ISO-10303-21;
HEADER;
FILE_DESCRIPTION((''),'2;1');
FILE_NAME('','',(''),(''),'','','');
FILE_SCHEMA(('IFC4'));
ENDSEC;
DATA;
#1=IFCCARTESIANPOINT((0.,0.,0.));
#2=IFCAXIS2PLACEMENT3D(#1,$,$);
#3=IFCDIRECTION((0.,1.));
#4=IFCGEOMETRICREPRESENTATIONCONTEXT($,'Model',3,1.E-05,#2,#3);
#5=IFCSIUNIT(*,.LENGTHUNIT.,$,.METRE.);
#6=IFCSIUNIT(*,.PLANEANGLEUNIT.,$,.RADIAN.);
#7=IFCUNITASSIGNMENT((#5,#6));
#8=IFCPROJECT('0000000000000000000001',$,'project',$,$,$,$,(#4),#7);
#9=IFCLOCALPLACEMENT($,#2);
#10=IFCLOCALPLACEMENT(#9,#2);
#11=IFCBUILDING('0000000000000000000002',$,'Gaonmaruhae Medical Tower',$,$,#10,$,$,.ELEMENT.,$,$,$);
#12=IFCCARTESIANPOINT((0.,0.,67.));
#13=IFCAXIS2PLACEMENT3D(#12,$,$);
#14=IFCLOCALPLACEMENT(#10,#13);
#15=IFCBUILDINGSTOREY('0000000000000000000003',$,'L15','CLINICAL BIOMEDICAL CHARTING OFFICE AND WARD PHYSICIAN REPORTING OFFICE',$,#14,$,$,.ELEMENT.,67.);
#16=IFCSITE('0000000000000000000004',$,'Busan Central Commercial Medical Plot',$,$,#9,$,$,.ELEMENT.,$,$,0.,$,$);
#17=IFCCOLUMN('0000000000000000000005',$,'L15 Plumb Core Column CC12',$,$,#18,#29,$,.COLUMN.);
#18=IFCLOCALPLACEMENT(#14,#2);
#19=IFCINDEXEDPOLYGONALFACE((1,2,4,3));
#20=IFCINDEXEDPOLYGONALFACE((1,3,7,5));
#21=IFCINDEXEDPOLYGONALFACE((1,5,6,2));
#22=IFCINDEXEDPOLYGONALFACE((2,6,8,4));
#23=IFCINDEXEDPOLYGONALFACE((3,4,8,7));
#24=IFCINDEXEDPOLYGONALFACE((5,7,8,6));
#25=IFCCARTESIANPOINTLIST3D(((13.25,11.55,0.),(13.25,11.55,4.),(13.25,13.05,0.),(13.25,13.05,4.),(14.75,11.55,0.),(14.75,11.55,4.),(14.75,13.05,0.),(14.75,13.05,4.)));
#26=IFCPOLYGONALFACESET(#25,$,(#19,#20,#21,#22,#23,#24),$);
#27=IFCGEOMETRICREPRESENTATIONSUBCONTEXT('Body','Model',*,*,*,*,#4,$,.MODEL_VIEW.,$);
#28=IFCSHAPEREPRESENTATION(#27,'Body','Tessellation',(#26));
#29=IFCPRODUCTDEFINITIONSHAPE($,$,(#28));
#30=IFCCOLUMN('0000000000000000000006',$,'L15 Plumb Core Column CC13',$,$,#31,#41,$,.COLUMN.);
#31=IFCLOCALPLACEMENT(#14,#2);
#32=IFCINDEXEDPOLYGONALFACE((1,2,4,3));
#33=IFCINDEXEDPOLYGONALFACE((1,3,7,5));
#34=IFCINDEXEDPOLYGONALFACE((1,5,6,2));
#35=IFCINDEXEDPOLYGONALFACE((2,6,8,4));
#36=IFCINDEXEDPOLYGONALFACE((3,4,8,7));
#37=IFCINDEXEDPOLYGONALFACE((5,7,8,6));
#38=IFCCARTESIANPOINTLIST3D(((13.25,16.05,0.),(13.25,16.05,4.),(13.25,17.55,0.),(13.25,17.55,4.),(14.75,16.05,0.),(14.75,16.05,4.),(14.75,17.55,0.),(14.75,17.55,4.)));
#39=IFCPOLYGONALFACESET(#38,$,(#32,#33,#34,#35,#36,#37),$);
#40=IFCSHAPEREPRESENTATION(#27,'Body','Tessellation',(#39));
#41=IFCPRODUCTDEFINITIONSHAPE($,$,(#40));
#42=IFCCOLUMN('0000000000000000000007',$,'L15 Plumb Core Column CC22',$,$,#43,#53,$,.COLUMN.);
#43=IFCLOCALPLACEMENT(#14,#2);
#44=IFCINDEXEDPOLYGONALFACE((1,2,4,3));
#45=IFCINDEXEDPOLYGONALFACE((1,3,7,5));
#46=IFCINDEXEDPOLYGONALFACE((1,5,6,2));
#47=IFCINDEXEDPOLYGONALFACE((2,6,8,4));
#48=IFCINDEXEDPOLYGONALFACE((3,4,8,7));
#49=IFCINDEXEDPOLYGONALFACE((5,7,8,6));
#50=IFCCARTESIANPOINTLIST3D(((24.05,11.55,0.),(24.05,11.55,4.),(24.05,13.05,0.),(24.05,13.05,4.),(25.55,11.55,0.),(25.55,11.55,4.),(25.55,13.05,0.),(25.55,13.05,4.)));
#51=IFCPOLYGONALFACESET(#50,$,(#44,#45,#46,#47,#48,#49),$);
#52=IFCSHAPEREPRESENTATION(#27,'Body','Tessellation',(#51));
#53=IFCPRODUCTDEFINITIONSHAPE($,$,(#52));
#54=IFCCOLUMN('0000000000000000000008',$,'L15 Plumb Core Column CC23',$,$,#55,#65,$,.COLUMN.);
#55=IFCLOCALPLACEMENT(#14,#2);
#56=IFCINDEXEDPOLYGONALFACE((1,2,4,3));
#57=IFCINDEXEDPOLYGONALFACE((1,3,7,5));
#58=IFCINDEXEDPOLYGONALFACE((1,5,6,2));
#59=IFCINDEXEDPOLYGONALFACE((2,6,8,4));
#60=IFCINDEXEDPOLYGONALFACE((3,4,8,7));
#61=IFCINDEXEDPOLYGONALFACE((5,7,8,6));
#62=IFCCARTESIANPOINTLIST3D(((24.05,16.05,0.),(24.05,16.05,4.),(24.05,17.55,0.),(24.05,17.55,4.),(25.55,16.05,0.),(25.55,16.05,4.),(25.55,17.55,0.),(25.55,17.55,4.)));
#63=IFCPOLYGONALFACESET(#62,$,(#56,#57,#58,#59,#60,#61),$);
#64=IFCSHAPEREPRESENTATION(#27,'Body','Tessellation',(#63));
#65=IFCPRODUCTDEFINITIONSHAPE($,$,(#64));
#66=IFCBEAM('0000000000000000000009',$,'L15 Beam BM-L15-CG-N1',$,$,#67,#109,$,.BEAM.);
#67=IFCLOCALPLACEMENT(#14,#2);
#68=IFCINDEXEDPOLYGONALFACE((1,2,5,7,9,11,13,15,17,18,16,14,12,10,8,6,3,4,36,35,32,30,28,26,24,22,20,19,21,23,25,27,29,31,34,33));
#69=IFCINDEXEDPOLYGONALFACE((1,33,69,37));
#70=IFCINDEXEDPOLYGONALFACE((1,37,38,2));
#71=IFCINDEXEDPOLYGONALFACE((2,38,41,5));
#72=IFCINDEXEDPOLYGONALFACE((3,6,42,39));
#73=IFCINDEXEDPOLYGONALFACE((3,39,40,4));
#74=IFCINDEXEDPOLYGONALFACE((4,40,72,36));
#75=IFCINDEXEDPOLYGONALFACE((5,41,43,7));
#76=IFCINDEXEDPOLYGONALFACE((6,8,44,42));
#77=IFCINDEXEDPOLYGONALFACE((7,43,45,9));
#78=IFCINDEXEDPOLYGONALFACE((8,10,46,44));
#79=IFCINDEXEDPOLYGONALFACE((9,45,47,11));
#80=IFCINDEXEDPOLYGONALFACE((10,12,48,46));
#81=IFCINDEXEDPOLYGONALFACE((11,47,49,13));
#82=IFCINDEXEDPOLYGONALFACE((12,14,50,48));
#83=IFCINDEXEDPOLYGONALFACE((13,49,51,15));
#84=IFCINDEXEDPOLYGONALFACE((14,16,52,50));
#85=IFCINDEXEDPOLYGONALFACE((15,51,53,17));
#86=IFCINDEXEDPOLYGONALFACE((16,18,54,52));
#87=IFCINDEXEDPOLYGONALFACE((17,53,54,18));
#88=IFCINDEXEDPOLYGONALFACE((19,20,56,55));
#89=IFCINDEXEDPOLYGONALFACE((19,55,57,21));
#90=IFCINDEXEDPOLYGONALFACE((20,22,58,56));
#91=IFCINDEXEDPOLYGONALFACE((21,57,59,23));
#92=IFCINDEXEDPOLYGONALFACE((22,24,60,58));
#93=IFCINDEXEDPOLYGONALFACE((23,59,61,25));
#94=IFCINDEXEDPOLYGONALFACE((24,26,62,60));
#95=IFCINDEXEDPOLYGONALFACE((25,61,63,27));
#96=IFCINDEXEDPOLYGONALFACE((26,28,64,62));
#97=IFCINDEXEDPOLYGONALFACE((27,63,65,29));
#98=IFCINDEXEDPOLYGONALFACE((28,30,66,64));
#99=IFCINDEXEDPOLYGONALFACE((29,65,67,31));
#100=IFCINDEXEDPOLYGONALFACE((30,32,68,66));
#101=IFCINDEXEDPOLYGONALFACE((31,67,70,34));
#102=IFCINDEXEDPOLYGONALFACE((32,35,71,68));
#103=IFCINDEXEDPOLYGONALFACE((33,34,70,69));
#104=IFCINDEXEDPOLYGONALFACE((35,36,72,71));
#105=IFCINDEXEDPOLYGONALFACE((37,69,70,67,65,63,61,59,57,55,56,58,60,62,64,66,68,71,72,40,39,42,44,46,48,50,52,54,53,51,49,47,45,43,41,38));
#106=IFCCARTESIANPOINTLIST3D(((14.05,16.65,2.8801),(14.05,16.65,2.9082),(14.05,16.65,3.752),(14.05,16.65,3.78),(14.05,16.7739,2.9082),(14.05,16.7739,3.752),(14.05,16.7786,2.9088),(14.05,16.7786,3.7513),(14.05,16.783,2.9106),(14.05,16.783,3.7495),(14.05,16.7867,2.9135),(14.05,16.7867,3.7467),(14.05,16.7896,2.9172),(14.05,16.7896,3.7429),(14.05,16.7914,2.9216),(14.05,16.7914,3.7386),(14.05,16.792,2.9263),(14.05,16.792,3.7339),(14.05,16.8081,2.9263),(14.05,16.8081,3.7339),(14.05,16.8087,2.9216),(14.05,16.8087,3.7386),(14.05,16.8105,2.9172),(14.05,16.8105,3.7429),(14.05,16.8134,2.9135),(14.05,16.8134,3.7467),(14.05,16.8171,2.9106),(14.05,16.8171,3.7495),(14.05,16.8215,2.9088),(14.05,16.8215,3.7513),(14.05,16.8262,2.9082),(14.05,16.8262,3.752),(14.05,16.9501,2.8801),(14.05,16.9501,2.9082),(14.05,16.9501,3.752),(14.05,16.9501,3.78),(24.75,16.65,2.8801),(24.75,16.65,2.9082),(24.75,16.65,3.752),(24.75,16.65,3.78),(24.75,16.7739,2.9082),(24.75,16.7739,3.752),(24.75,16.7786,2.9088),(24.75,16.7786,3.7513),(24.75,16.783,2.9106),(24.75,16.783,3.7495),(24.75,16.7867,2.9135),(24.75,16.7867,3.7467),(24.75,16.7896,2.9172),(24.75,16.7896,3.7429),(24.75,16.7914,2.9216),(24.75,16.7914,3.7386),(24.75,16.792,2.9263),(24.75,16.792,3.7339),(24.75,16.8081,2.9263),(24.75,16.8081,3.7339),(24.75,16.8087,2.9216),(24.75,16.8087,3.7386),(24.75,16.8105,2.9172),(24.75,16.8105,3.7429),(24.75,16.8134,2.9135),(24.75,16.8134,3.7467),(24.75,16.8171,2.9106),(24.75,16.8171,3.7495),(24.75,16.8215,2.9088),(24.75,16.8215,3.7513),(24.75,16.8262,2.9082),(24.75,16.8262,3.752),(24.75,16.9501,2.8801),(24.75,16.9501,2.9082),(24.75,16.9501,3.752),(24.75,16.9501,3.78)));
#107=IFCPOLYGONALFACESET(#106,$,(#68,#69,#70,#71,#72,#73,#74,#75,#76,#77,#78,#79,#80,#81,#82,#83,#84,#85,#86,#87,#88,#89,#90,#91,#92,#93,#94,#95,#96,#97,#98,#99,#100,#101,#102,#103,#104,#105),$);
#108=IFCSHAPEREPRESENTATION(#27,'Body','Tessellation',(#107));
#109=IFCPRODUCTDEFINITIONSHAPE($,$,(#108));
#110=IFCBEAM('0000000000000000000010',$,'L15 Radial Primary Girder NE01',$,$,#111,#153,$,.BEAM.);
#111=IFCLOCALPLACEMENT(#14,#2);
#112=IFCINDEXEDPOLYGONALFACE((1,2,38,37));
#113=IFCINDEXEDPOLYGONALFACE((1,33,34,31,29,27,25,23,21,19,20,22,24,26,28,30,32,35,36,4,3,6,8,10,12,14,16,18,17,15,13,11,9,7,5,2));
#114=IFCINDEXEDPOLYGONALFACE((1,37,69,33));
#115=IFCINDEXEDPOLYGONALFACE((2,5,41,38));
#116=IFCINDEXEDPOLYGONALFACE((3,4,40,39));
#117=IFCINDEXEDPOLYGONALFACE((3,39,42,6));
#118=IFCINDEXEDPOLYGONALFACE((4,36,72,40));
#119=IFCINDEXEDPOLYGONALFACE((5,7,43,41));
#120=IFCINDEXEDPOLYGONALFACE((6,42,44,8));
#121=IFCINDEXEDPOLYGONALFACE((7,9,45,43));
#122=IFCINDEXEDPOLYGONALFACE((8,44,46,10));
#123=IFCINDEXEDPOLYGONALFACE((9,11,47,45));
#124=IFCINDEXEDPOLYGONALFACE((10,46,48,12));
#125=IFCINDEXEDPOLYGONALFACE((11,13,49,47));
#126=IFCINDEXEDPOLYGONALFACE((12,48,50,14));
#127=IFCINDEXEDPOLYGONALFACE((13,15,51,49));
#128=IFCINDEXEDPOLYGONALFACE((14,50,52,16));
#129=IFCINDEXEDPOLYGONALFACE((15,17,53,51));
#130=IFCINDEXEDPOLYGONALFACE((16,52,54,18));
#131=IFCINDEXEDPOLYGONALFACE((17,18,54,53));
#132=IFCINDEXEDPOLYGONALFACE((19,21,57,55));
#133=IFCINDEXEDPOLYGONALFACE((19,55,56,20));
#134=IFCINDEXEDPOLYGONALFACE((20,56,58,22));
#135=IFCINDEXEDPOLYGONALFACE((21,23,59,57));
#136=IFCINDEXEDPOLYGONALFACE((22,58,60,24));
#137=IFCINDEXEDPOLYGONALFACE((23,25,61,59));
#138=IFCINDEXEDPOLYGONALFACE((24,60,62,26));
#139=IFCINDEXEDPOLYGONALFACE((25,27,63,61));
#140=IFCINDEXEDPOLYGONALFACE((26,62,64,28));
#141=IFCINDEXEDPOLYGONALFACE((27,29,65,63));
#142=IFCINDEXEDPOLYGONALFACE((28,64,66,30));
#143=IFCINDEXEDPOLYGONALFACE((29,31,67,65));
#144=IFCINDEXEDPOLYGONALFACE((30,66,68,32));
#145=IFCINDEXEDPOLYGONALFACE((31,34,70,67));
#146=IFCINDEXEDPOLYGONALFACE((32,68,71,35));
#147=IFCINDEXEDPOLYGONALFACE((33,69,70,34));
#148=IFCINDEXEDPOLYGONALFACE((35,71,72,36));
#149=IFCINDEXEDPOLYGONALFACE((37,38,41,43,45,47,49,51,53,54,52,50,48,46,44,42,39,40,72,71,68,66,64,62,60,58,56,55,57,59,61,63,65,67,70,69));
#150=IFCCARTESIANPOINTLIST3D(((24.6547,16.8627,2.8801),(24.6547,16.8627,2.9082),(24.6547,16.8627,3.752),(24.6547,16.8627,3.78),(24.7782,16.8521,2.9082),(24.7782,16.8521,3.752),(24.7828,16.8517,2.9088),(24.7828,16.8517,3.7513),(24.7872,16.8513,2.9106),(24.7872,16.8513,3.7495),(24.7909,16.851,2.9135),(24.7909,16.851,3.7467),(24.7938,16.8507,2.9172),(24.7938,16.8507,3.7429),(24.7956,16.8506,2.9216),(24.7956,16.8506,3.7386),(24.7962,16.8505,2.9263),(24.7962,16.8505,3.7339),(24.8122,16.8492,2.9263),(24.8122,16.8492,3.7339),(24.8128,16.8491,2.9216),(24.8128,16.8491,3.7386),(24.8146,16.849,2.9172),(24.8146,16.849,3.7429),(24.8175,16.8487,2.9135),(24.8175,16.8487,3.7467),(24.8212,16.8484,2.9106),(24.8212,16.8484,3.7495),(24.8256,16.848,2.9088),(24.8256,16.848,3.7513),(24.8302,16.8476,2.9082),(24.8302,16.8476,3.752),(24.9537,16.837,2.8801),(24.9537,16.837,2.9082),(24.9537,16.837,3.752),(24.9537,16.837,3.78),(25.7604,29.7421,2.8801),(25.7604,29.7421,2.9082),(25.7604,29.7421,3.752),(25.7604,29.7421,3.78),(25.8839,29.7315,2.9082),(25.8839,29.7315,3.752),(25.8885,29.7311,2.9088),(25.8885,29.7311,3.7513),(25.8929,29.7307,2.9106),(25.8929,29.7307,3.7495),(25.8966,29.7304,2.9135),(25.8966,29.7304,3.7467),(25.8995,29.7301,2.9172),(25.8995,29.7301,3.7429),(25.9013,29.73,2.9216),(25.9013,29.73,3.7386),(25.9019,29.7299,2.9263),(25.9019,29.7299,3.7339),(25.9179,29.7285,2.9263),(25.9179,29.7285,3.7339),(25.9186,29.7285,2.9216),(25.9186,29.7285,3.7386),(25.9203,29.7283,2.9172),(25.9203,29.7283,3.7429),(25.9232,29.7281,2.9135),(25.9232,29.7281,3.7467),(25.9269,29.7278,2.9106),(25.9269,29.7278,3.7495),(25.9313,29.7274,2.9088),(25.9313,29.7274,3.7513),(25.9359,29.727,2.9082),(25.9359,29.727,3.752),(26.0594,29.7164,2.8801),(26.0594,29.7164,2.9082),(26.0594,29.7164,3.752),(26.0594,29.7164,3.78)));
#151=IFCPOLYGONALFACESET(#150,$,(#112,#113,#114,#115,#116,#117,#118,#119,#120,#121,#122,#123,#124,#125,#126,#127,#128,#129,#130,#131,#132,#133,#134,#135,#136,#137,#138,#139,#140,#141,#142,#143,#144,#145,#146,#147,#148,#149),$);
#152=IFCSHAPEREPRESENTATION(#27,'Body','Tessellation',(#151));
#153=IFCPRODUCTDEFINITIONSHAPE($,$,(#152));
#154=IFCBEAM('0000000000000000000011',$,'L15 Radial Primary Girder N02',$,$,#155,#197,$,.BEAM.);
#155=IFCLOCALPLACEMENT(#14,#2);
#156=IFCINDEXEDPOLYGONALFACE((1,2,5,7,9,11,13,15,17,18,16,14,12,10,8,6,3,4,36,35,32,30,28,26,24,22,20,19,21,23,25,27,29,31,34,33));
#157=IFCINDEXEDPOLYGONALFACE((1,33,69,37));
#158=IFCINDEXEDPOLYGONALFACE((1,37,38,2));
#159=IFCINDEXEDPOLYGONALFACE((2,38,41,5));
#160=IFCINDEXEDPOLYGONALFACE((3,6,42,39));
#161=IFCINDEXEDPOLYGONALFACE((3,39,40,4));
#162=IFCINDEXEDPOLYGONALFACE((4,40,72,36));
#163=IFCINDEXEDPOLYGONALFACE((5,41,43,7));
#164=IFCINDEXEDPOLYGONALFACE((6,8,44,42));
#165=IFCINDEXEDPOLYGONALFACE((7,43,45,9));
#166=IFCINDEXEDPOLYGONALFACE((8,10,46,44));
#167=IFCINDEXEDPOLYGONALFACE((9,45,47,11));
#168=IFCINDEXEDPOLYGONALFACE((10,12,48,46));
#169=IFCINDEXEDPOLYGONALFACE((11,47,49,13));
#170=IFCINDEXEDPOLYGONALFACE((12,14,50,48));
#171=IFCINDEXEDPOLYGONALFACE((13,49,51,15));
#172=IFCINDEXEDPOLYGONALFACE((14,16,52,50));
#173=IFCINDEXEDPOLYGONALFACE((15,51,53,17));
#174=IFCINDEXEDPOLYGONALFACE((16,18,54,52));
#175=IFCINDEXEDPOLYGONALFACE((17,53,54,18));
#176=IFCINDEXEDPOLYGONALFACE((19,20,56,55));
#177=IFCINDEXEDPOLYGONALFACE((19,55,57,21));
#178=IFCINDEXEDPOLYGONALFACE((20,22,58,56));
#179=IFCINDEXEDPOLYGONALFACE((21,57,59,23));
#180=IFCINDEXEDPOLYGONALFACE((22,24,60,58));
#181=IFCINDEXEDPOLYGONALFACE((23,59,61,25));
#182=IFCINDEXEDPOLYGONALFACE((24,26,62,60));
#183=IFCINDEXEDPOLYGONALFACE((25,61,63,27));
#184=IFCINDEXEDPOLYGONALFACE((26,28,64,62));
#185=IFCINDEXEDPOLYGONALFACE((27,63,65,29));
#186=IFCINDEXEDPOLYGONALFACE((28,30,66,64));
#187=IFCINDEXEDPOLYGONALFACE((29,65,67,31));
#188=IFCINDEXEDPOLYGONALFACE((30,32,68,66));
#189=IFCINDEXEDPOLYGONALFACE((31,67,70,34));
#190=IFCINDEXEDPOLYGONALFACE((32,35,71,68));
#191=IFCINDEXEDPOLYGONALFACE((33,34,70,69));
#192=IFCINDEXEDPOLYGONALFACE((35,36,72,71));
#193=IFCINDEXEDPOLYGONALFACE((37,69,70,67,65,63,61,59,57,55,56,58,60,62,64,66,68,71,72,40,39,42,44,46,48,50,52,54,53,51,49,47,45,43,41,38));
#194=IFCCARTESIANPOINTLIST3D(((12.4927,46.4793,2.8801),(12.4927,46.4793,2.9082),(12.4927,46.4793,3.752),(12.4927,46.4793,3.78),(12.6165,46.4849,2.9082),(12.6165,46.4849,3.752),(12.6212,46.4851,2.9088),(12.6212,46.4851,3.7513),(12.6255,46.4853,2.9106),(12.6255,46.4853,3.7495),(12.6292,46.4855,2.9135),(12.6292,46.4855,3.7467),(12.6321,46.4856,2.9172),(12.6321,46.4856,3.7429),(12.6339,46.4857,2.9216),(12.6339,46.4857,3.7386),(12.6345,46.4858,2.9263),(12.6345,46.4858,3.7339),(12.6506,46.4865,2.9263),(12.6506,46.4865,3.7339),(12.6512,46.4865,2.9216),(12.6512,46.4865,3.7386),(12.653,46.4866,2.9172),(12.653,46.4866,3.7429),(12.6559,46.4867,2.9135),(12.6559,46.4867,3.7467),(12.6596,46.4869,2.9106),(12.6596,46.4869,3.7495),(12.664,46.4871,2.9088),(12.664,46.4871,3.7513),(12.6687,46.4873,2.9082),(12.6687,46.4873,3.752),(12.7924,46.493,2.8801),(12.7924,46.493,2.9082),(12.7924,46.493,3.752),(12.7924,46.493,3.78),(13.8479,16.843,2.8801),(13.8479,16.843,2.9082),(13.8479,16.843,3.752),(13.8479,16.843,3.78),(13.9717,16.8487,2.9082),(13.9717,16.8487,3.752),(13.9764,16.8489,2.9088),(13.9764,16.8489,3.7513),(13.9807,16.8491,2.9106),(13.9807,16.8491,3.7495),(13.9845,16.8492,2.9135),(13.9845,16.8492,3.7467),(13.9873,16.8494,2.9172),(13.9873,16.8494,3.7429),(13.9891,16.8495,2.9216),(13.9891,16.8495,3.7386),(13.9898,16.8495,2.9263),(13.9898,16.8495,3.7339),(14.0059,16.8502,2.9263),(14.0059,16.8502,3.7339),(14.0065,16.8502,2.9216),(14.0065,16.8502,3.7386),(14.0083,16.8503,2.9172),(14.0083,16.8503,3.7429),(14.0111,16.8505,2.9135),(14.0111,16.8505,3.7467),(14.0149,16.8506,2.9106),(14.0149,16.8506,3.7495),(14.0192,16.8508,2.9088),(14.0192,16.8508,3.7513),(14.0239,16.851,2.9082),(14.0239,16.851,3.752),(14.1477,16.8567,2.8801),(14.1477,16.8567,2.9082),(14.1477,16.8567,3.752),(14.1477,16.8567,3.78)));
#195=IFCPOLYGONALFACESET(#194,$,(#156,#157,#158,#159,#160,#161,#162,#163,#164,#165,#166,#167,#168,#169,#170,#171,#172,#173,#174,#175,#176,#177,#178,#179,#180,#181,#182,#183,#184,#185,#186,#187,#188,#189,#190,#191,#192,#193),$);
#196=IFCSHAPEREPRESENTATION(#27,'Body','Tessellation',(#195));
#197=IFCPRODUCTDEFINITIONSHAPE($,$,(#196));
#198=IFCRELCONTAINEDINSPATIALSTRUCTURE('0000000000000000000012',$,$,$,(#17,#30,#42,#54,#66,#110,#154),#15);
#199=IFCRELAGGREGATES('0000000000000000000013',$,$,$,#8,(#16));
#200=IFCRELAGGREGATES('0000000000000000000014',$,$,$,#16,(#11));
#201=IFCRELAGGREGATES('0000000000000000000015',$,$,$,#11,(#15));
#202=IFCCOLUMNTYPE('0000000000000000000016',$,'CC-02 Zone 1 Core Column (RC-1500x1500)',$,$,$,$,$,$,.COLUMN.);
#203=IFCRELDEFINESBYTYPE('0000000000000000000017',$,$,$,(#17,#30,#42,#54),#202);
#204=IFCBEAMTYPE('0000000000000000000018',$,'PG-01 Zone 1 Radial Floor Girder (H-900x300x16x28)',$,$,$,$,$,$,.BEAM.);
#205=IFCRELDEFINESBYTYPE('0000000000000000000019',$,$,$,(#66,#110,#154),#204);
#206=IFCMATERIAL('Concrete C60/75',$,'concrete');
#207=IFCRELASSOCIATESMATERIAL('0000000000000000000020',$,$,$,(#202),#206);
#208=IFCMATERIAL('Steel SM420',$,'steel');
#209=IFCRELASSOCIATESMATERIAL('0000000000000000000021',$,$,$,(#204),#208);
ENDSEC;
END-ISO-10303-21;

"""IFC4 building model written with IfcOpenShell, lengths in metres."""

from ifc_helpers import new_model, si_unit, direction, frame, origin, origin_2d, place, context, subcontext, project, spatial, rectangle, i_section, extrude, material, material_profile, profile_set, type_object, element, save


model = new_model("IFC4")

# Units and contexts
model_context = context("Model", 3, precision=1e-05, world=origin(), true_north=direction((0.0, 1.0)))
body_context = subcontext(model_context, "Body", "Model", "MODEL_VIEW")
ifc_project = project(units=[si_unit("LENGTHUNIT", "METRE"), si_unit("PLANEANGLEUNIT", "RADIAN")], contexts=[model_context])

# Site, building, storey
site_placement = place(None, origin())
site = spatial("IfcSite", under=ifc_project, at=site_placement, Name="Busan Central Commercial Medical Plot", CompositionType="ELEMENT", RefElevation=0.0)
building_placement = place(site_placement, origin())
building = spatial("IfcBuilding", under=site, at=building_placement, Name="Gaonmaruhae Medical Tower", CompositionType="ELEMENT")
storey_placement = place(building_placement, frame((0.0, 0.0, 67.0)))
storey = spatial("IfcBuildingStorey", under=building, at=storey_placement, Name="L15", Description="CLINICAL BIOMEDICAL CHARTING OFFICE AND WARD PHYSICIAN REPORTING OFFICE", CompositionType="ELEMENT", Elevation=67.0)

# Columns
ifc_material_1 = material(Name="Concrete C60/75", Category="concrete")
ifc_material_profile_1 = material_profile(ifc_material_1, rectangle(XDim=1.5, YDim=1.5, at=origin_2d()), Name="RC-1500x1500")
ifc_profile_set_1 = profile_set([ifc_material_profile_1], Name="Concrete C60/75")
column_type = type_object("IfcColumnType", Name="CC-02 Zone 1 Core Column (RC-1500x1500)", PredefinedType="COLUMN", material=ifc_profile_set_1)
for number, where, z_axis, x_axis, name in (
    (1, (14.0, 12.3, 0.0), (0.0, 0.0, 1.0), (1.0, 0.0, 0.0), "L15 Plumb Core Column CC12"),
    (2, (14.0, 16.8, 0.0), (0.0, 0.0, 1.0), (1.0, 0.0, 0.0), "L15 Plumb Core Column CC13"),
    (3, (24.8, 12.3, 0.0), (0.0, 0.0, 1.0), (1.0, 0.0, 0.0), "L15 Plumb Core Column CC22"),
    (4, (24.8, 16.8, 0.0), (0.0, 0.0, 1.0), (1.0, 0.0, 0.0), "L15 Plumb Core Column CC23"),
):
    element("IfcColumn", number, at=place(storey_placement, frame(where, z_axis=z_axis, x_axis=x_axis)), inside=storey, type_object=column_type, Name=name, PredefinedType="COLUMN", context=body_context, shape_type="SweptSolid", body=[
        extrude(rectangle(XDim=1.5, YDim=1.5, at=origin_2d()), origin(), (0.0, 0.0, 1.0), 4.0),
    ])

# Beams
ifc_material_2 = material(Name="Steel SM420", Category="steel")
ifc_material_profile_2 = material_profile(ifc_material_2, i_section(OverallWidth=0.3, OverallDepth=0.8999, WebThickness=0.0161, FlangeThickness=0.0281, FilletRadius=0.0181, at=origin_2d()), Name="H-900x300x16x28")
ifc_profile_set_2 = profile_set([ifc_material_profile_2], Name="Steel SM420")
beam_type = type_object("IfcBeamType", Name="PG-01 Zone 1 Radial Floor Girder (H-900x300x16x28)", PredefinedType="BEAM", material=ifc_profile_set_2)
beam_1_placement = place(storey_placement, frame((14.05, 16.8, 3.3301), z_axis=(1.0, 0.0, 0.0), x_axis=(0.0, 1.0, 0.0)))
element("IfcBeam", 5, at=beam_1_placement, inside=storey, type_object=beam_type, Name="L15 Beam BM-L15-CG-N1", PredefinedType="BEAM", context=body_context, shape_type="SweptSolid", body=[
    extrude(i_section(OverallWidth=0.3, OverallDepth=0.8999, WebThickness=0.0161, FlangeThickness=0.0281, FilletRadius=0.0181, at=origin_2d()), origin(), (0.0, 0.0, 1.0), 10.7),
])
beam_2_placement = place(storey_placement, frame((24.8042, 16.8499, 3.3301), z_axis=(0.085537, 0.996335, 0.0), x_axis=(-0.996335, 0.085537, 0.0)))
element("IfcBeam", 6, at=beam_2_placement, inside=storey, type_object=beam_type, Name="L15 Radial Primary Girder NE01", PredefinedType="BEAM", context=body_context, shape_type="SweptSolid", body=[
    extrude(i_section(OverallWidth=0.3, OverallDepth=0.8999, WebThickness=0.0161, FlangeThickness=0.0281, FilletRadius=0.0181, at=origin_2d()), origin(), (0.0, 0.0, 1.0), 12.9268),
])
beam_3_placement = place(storey_placement, frame((13.9978, 16.8499, 3.3301), z_axis=(-0.045681, 0.998956, 0.0), x_axis=(-0.998956, -0.045681, 0.0)))
element("IfcBeam", 7, at=beam_3_placement, inside=storey, type_object=beam_type, Name="L15 Radial Primary Girder N02", PredefinedType="BEAM", context=body_context, shape_type="SweptSolid", body=[
    extrude(i_section(OverallWidth=0.3, OverallDepth=0.8999, WebThickness=0.0161, FlangeThickness=0.0281, FilletRadius=0.0181, at=origin_2d()), origin(), (0.0, 0.0, 1.0), 29.6672),
])

save(model, "model.ifc")
